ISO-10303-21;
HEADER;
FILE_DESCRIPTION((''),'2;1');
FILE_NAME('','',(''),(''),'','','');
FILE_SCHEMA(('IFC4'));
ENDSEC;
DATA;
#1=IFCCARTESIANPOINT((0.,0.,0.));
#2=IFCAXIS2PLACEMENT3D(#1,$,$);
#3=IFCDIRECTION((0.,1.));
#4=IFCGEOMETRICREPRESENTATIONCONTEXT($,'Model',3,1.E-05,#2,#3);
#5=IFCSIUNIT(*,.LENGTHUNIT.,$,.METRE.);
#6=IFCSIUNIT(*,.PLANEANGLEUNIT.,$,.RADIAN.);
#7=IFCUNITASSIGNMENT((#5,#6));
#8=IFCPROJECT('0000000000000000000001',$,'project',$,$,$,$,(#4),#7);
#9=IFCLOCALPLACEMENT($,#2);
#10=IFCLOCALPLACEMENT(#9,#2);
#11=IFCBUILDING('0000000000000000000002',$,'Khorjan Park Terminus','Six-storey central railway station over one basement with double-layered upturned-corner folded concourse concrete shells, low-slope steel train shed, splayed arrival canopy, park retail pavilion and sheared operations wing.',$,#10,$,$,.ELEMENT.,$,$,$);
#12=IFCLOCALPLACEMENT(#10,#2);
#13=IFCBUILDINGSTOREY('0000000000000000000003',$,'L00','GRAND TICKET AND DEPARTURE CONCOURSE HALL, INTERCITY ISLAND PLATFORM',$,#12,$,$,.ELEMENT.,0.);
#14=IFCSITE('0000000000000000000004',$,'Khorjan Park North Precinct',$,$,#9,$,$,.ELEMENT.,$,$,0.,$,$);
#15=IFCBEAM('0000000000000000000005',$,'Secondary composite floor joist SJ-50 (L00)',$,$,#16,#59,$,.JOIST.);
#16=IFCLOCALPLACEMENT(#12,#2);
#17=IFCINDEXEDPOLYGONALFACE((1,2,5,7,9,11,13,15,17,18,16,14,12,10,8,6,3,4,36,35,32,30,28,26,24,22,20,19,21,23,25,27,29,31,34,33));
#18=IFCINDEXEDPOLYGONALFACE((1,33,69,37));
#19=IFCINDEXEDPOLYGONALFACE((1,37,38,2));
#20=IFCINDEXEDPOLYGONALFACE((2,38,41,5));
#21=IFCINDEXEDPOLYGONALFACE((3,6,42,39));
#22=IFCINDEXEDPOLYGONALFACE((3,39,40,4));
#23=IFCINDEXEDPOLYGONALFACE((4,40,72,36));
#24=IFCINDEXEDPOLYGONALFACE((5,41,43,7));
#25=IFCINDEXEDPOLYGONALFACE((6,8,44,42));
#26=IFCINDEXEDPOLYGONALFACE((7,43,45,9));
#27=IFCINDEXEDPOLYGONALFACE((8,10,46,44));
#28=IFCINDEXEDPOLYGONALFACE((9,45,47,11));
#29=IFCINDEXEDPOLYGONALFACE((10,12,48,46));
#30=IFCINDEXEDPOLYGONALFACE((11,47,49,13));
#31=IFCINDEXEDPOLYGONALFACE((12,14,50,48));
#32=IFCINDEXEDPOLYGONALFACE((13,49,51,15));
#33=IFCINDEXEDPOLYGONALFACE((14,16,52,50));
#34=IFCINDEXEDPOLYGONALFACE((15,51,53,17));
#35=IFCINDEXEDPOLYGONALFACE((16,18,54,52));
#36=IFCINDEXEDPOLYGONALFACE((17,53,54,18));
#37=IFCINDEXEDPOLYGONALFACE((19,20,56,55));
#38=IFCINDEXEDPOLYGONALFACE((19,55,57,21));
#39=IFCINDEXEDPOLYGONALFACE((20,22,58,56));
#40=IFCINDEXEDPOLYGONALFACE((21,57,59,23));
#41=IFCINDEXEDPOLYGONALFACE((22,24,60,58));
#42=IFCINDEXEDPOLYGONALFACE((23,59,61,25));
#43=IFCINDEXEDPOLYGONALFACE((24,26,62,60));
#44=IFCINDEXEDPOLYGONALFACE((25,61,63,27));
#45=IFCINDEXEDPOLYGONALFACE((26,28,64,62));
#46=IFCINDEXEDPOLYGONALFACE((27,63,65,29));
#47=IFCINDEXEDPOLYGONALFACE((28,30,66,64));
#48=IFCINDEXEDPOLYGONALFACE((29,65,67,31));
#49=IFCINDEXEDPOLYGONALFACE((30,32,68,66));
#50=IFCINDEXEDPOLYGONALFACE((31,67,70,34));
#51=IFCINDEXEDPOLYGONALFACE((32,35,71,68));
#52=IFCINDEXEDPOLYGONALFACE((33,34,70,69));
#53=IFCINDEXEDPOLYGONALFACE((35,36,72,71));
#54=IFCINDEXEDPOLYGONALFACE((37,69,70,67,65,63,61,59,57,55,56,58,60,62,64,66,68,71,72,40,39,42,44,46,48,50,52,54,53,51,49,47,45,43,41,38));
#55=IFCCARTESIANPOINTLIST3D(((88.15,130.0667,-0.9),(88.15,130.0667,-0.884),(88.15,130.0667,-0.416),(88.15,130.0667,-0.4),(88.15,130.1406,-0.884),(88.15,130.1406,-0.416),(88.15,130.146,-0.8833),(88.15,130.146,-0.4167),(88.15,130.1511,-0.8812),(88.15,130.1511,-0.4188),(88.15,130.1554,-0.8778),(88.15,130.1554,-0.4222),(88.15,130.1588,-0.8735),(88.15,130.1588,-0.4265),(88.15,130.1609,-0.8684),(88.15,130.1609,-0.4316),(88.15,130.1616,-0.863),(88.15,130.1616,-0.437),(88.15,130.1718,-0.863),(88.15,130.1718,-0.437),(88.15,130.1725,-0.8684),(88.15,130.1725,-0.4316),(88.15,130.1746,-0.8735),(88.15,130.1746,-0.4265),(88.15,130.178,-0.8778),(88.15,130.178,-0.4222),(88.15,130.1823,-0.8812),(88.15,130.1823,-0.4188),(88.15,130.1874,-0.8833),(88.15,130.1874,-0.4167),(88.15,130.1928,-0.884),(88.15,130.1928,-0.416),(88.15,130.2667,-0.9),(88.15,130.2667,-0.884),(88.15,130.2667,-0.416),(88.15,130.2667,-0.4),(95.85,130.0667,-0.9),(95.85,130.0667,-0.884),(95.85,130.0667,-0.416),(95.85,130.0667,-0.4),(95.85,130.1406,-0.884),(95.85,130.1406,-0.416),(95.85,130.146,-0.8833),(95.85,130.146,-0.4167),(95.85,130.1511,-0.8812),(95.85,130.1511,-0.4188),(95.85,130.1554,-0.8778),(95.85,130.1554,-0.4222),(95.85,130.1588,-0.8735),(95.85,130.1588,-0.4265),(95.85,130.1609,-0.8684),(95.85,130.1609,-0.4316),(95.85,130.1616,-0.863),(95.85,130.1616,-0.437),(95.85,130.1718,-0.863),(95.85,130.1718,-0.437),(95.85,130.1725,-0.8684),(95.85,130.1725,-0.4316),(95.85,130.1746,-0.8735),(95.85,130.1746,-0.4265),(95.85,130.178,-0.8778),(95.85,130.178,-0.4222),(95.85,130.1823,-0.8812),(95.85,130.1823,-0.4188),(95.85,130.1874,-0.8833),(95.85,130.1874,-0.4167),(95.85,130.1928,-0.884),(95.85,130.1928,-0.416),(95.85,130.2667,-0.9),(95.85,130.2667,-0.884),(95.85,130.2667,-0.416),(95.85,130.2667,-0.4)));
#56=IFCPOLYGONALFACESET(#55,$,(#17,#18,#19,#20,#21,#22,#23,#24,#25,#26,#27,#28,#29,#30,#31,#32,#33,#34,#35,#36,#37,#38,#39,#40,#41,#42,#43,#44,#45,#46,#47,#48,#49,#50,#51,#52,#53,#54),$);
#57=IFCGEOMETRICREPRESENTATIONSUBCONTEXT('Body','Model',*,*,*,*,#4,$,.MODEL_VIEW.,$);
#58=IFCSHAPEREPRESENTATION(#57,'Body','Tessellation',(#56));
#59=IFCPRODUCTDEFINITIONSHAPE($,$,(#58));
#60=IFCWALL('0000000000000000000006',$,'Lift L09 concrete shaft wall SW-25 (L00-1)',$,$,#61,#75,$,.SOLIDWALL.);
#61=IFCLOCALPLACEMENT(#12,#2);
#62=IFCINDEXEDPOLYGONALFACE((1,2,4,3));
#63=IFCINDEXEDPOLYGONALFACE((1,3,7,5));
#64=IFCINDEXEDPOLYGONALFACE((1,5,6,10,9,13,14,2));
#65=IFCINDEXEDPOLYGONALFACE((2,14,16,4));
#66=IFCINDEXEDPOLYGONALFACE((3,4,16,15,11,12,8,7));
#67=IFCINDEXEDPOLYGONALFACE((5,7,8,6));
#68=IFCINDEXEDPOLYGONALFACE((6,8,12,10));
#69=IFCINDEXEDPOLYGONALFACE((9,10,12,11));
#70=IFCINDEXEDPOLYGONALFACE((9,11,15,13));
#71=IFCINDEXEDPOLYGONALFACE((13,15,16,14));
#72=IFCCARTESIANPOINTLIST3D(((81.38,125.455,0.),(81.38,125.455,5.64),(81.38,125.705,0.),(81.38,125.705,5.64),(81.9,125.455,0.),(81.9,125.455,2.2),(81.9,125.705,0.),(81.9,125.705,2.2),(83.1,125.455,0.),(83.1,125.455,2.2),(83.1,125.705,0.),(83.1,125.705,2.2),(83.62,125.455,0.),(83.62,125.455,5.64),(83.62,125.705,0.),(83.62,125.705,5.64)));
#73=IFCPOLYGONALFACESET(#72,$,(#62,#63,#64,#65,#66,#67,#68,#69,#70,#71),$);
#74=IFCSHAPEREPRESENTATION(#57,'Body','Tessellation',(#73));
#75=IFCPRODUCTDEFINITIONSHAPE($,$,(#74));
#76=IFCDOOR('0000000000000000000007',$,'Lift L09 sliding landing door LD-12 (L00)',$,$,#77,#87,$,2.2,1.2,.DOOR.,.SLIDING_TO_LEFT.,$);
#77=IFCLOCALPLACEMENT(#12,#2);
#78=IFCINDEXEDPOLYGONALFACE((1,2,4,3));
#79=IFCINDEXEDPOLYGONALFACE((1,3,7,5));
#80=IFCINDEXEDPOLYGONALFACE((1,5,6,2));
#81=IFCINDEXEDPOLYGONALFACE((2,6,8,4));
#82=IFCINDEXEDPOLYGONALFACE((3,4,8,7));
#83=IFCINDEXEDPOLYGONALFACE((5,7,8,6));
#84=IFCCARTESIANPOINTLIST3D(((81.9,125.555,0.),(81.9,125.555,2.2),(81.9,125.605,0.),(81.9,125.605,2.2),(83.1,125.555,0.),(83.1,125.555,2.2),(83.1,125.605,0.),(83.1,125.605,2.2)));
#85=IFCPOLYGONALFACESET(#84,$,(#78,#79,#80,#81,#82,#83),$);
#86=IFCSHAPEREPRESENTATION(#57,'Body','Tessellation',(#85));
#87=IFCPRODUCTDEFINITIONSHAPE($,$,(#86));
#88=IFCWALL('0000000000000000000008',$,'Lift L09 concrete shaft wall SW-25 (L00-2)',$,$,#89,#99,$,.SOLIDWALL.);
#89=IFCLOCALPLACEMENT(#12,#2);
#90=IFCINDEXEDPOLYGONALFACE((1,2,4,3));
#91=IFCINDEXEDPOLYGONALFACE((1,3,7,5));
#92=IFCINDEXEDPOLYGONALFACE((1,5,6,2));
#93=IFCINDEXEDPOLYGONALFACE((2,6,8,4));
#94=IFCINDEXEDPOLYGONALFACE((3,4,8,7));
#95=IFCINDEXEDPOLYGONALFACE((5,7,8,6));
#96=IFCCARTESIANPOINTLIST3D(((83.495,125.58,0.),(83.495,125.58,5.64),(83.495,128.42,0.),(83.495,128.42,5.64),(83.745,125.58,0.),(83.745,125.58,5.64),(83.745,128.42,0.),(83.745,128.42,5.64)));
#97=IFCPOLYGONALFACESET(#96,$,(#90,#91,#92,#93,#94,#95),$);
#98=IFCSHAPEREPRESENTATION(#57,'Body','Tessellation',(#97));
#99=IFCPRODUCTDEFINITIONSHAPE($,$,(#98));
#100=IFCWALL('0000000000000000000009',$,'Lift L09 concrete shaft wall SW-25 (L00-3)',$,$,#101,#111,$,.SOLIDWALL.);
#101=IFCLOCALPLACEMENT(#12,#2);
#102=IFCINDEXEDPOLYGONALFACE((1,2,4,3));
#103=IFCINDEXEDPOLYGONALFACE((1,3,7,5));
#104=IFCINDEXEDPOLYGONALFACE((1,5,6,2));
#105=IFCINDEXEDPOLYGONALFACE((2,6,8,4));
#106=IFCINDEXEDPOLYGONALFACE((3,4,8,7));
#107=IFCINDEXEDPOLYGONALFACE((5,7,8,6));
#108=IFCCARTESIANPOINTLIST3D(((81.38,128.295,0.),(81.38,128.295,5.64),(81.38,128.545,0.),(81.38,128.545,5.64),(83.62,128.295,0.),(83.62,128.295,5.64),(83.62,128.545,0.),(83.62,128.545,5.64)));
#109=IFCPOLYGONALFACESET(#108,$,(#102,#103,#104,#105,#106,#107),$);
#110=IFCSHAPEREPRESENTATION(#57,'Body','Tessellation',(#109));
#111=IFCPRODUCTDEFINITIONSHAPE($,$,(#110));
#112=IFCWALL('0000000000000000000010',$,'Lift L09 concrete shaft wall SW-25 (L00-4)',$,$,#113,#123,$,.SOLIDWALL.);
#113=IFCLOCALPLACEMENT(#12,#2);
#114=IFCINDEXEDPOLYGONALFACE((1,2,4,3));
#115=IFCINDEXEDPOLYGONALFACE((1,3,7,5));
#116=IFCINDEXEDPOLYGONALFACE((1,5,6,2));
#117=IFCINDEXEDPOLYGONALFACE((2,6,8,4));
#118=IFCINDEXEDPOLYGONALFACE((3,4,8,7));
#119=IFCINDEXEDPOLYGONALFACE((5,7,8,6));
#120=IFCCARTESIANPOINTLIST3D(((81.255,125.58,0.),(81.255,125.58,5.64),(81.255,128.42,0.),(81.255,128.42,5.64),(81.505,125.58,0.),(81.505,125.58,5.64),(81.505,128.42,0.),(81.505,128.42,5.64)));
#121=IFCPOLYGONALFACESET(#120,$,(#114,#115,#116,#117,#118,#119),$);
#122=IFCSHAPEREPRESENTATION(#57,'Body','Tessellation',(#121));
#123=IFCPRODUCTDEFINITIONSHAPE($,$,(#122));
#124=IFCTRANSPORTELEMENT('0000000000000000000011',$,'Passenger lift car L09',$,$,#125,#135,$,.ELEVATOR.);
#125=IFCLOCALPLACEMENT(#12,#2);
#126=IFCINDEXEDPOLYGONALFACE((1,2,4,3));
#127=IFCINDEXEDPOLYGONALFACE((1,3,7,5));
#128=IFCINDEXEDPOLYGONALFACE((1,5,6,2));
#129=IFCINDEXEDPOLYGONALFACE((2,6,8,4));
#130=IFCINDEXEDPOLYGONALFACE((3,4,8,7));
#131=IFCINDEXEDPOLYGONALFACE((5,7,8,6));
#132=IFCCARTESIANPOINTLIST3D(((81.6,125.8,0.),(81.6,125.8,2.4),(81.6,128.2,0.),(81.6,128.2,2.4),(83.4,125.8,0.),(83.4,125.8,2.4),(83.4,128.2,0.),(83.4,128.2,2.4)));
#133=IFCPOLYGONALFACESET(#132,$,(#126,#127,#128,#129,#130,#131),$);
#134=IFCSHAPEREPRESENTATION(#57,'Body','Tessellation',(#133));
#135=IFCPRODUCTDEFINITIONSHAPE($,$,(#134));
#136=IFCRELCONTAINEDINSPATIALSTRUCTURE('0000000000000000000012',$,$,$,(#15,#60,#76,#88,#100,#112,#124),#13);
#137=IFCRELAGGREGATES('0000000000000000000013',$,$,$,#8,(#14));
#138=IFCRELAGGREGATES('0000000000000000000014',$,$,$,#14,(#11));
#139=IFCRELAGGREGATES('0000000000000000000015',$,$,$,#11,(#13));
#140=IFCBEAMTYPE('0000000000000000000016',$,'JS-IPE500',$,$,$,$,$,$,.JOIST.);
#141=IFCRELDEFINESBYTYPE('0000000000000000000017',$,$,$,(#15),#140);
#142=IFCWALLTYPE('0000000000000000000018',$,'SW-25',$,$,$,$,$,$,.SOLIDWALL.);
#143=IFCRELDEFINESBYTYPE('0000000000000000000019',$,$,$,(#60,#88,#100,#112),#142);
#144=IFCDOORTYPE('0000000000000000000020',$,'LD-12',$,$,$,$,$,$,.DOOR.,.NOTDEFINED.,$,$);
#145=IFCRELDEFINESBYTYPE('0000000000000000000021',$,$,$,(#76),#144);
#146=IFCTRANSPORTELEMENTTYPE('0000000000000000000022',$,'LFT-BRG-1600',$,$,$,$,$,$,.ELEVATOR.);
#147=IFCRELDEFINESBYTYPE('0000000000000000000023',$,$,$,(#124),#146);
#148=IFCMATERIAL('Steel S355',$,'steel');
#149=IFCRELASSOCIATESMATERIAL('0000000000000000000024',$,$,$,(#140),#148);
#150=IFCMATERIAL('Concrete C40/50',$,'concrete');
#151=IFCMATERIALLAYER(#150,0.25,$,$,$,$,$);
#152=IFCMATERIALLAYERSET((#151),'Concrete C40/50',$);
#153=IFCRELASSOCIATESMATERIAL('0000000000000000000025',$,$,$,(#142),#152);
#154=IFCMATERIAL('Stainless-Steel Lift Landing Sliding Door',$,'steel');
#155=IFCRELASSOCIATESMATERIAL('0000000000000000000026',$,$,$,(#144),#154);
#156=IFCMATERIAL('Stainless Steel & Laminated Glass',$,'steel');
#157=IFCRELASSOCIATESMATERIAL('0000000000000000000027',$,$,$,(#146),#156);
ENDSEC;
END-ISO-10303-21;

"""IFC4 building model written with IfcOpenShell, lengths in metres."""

from ifc_helpers import new_model, si_unit, direction, frame, frame_2d, origin, origin_2d, place, context, subcontext, project, spatial, rectangle, i_section, extrude, material, layer, layer_set, material_profile, profile_set, type_object, element, fill, save


model = new_model("IFC4")

# Units and contexts
model_context = context("Model", 3, precision=1e-05, world=origin(), true_north=direction((0.0, 1.0)))
body_context = subcontext(model_context, "Body", "Model", "MODEL_VIEW")
ifc_project = project(units=[si_unit("LENGTHUNIT", "METRE"), si_unit("PLANEANGLEUNIT", "RADIAN")], contexts=[model_context])

# Site, building, storey
site_placement = place(None, origin())
site = spatial("IfcSite", under=ifc_project, at=site_placement, Name="Khorjan Park North Precinct", CompositionType="ELEMENT", RefElevation=0.0)
building_placement = place(site_placement, origin())
building = spatial("IfcBuilding", under=site, at=building_placement, Name="Khorjan Park Terminus", Description="Six-storey central railway station over one basement with double-layered upturned-corner folded concourse concrete shells, low-slope steel train shed, splayed arrival canopy, park retail pavilion and sheared operations wing.", CompositionType="ELEMENT")
storey_placement = place(building_placement, origin())
storey = spatial("IfcBuildingStorey", under=building, at=storey_placement, Name="L00", Description="GRAND TICKET AND DEPARTURE CONCOURSE HALL, INTERCITY ISLAND PLATFORM", CompositionType="ELEMENT", Elevation=0.0)

# Shared definitions
ifc_material_1 = material(Name="Concrete C40/50", Category="concrete")

# Beam
ifc_material_2 = material(Name="Steel S355", Category="steel")
ifc_material_profile_1 = material_profile(ifc_material_2, i_section(OverallWidth=0.2, OverallDepth=0.5, WebThickness=0.0102, FlangeThickness=0.016, FilletRadius=0.021, at=origin_2d()), Name="IPE 500")
ifc_profile_set_1 = profile_set([ifc_material_profile_1], Name="Steel S355")
beam_type_1 = type_object("IfcBeamType", Name="JS-IPE500", PredefinedType="JOIST", material=ifc_profile_set_1)
beam_1_placement = place(storey_placement, frame((88.15, 130.1667, -0.65), z_axis=(1.0, 0.0, 0.0), x_axis=(0.0, 1.0, 0.0)))
element("IfcBeam", 1, at=beam_1_placement, inside=storey, type_object=beam_type_1, Name="Secondary composite floor joist SJ-50 (L00)", PredefinedType="JOIST", context=body_context, shape_type="SweptSolid", body=[
    extrude(i_section(OverallWidth=0.2, OverallDepth=0.5, WebThickness=0.0102, FlangeThickness=0.016, FilletRadius=0.021, at=origin_2d()), origin(), (0.0, 0.0, 1.0), 7.7),
])

# Wall, opening, door
ifc_layer = layer(ifc_material_1, 0.25)
ifc_layer_set = layer_set([ifc_layer], Name="Concrete C40/50")
wall_type = type_object("IfcWallType", Name="SW-25", PredefinedType="SOLIDWALL", material=ifc_layer_set)
wall_1_placement = place(storey_placement, frame((81.38, 125.58, 0.0), z_axis=(0.0, 0.0, 1.0), x_axis=(1.0, 0.0, 0.0)))
wall_1 = element("IfcWall", 2, at=wall_1_placement, inside=storey, type_object=wall_type, Name="Lift L09 concrete shaft wall SW-25 (L00-1)", PredefinedType="SOLIDWALL", context=body_context, shape_type="SweptSolid", body=[
    extrude(rectangle(XDim=2.24, YDim=0.25, at=frame_2d((1.12, 0.0))), origin(), (0.0, 0.0, 1.0), 5.64),
])
opening_placement = place(wall_1_placement, frame((0.52, 0.0, 0.0)))
opening = element("IfcOpeningElement", 3, at=opening_placement, cuts=wall_1, PredefinedType="OPENING", context=body_context, shape_type="SweptSolid", body=[
    extrude(rectangle(XDim=1.2, YDim=2.2, at=frame_2d((0.6, 1.1))), frame((0.0, 0.135, 0.0), z_axis=(0.0, -1.0, 0.0), x_axis=(1.0, 0.0, 0.0)), (0.0, 0.0, 1.0), 0.27),
])
ifc_material_3 = material(Name="Stainless-Steel Lift Landing Sliding Door", Category="steel")
door_type = type_object("IfcDoorType", Name="LD-12", OperationType="NOTDEFINED", PredefinedType="DOOR", material=ifc_material_3)
door_placement = place(opening_placement, origin())
door = element("IfcDoor", 4, at=door_placement, inside=storey, type_object=door_type, Name="Lift L09 sliding landing door LD-12 (L00)", OperationType="SLIDING_TO_LEFT", OverallHeight=2.2, OverallWidth=1.2, PredefinedType="DOOR", context=body_context, shape_type="SweptSolid", body=[
    extrude(rectangle(XDim=1.2, YDim=2.2, at=frame_2d((0.6, 1.1))), frame((0.0, 0.025, 0.0), z_axis=(0.0, -1.0, 0.0), x_axis=(1.0, 0.0, 0.0)), (0.0, 0.0, 1.0), 0.05),
])
fill(opening, door)

# Walls
wall_2_placement = place(storey_placement, frame((83.62, 125.58, 0.0), z_axis=(0.0, 0.0, 1.0), x_axis=(0.0, 1.0, 0.0)))
element("IfcWall", 5, at=wall_2_placement, inside=storey, type_object=wall_type, Name="Lift L09 concrete shaft wall SW-25 (L00-2)", PredefinedType="SOLIDWALL", context=body_context, shape_type="SweptSolid", body=[
    extrude(rectangle(XDim=2.84, YDim=0.25, at=frame_2d((1.42, 0.0))), origin(), (0.0, 0.0, 1.0), 5.64),
])
wall_3_placement = place(storey_placement, frame((83.62, 128.42, 0.0), z_axis=(0.0, 0.0, 1.0), x_axis=(-1.0, 0.0, 0.0)))
element("IfcWall", 6, at=wall_3_placement, inside=storey, type_object=wall_type, Name="Lift L09 concrete shaft wall SW-25 (L00-3)", PredefinedType="SOLIDWALL", context=body_context, shape_type="SweptSolid", body=[
    extrude(rectangle(XDim=2.24, YDim=0.25, at=frame_2d((1.12, 0.0))), origin(), (0.0, 0.0, 1.0), 5.64),
])
wall_4_placement = place(storey_placement, frame((81.38, 128.42, 0.0), z_axis=(0.0, 0.0, 1.0), x_axis=(0.0, -1.0, 0.0)))
element("IfcWall", 7, at=wall_4_placement, inside=storey, type_object=wall_type, Name="Lift L09 concrete shaft wall SW-25 (L00-4)", PredefinedType="SOLIDWALL", context=body_context, shape_type="SweptSolid", body=[
    extrude(rectangle(XDim=2.84, YDim=0.25, at=frame_2d((1.42, 0.0))), origin(), (0.0, 0.0, 1.0), 5.64),
])

# Transport element
ifc_material_4 = material(Name="Stainless Steel & Laminated Glass", Category="steel")
transport_element_type = type_object("IfcTransportElementType", Name="LFT-BRG-1600", PredefinedType="ELEVATOR", material=ifc_material_4)
transport_element_placement = place(storey_placement, frame((82.5, 127.0, 0.0), z_axis=(0.0, 0.0, 1.0), x_axis=(1.0, 0.0, 0.0)))
element("IfcTransportElement", 8, at=transport_element_placement, inside=storey, type_object=transport_element_type, Name="Passenger lift car L09", PredefinedType="ELEVATOR", context=body_context, shape_type="SweptSolid", body=[
    extrude(rectangle(XDim=1.8, YDim=2.4, at=origin_2d()), origin(), (0.0, 0.0, 1.0), 2.4),
])

save(model, "model.ifc")
